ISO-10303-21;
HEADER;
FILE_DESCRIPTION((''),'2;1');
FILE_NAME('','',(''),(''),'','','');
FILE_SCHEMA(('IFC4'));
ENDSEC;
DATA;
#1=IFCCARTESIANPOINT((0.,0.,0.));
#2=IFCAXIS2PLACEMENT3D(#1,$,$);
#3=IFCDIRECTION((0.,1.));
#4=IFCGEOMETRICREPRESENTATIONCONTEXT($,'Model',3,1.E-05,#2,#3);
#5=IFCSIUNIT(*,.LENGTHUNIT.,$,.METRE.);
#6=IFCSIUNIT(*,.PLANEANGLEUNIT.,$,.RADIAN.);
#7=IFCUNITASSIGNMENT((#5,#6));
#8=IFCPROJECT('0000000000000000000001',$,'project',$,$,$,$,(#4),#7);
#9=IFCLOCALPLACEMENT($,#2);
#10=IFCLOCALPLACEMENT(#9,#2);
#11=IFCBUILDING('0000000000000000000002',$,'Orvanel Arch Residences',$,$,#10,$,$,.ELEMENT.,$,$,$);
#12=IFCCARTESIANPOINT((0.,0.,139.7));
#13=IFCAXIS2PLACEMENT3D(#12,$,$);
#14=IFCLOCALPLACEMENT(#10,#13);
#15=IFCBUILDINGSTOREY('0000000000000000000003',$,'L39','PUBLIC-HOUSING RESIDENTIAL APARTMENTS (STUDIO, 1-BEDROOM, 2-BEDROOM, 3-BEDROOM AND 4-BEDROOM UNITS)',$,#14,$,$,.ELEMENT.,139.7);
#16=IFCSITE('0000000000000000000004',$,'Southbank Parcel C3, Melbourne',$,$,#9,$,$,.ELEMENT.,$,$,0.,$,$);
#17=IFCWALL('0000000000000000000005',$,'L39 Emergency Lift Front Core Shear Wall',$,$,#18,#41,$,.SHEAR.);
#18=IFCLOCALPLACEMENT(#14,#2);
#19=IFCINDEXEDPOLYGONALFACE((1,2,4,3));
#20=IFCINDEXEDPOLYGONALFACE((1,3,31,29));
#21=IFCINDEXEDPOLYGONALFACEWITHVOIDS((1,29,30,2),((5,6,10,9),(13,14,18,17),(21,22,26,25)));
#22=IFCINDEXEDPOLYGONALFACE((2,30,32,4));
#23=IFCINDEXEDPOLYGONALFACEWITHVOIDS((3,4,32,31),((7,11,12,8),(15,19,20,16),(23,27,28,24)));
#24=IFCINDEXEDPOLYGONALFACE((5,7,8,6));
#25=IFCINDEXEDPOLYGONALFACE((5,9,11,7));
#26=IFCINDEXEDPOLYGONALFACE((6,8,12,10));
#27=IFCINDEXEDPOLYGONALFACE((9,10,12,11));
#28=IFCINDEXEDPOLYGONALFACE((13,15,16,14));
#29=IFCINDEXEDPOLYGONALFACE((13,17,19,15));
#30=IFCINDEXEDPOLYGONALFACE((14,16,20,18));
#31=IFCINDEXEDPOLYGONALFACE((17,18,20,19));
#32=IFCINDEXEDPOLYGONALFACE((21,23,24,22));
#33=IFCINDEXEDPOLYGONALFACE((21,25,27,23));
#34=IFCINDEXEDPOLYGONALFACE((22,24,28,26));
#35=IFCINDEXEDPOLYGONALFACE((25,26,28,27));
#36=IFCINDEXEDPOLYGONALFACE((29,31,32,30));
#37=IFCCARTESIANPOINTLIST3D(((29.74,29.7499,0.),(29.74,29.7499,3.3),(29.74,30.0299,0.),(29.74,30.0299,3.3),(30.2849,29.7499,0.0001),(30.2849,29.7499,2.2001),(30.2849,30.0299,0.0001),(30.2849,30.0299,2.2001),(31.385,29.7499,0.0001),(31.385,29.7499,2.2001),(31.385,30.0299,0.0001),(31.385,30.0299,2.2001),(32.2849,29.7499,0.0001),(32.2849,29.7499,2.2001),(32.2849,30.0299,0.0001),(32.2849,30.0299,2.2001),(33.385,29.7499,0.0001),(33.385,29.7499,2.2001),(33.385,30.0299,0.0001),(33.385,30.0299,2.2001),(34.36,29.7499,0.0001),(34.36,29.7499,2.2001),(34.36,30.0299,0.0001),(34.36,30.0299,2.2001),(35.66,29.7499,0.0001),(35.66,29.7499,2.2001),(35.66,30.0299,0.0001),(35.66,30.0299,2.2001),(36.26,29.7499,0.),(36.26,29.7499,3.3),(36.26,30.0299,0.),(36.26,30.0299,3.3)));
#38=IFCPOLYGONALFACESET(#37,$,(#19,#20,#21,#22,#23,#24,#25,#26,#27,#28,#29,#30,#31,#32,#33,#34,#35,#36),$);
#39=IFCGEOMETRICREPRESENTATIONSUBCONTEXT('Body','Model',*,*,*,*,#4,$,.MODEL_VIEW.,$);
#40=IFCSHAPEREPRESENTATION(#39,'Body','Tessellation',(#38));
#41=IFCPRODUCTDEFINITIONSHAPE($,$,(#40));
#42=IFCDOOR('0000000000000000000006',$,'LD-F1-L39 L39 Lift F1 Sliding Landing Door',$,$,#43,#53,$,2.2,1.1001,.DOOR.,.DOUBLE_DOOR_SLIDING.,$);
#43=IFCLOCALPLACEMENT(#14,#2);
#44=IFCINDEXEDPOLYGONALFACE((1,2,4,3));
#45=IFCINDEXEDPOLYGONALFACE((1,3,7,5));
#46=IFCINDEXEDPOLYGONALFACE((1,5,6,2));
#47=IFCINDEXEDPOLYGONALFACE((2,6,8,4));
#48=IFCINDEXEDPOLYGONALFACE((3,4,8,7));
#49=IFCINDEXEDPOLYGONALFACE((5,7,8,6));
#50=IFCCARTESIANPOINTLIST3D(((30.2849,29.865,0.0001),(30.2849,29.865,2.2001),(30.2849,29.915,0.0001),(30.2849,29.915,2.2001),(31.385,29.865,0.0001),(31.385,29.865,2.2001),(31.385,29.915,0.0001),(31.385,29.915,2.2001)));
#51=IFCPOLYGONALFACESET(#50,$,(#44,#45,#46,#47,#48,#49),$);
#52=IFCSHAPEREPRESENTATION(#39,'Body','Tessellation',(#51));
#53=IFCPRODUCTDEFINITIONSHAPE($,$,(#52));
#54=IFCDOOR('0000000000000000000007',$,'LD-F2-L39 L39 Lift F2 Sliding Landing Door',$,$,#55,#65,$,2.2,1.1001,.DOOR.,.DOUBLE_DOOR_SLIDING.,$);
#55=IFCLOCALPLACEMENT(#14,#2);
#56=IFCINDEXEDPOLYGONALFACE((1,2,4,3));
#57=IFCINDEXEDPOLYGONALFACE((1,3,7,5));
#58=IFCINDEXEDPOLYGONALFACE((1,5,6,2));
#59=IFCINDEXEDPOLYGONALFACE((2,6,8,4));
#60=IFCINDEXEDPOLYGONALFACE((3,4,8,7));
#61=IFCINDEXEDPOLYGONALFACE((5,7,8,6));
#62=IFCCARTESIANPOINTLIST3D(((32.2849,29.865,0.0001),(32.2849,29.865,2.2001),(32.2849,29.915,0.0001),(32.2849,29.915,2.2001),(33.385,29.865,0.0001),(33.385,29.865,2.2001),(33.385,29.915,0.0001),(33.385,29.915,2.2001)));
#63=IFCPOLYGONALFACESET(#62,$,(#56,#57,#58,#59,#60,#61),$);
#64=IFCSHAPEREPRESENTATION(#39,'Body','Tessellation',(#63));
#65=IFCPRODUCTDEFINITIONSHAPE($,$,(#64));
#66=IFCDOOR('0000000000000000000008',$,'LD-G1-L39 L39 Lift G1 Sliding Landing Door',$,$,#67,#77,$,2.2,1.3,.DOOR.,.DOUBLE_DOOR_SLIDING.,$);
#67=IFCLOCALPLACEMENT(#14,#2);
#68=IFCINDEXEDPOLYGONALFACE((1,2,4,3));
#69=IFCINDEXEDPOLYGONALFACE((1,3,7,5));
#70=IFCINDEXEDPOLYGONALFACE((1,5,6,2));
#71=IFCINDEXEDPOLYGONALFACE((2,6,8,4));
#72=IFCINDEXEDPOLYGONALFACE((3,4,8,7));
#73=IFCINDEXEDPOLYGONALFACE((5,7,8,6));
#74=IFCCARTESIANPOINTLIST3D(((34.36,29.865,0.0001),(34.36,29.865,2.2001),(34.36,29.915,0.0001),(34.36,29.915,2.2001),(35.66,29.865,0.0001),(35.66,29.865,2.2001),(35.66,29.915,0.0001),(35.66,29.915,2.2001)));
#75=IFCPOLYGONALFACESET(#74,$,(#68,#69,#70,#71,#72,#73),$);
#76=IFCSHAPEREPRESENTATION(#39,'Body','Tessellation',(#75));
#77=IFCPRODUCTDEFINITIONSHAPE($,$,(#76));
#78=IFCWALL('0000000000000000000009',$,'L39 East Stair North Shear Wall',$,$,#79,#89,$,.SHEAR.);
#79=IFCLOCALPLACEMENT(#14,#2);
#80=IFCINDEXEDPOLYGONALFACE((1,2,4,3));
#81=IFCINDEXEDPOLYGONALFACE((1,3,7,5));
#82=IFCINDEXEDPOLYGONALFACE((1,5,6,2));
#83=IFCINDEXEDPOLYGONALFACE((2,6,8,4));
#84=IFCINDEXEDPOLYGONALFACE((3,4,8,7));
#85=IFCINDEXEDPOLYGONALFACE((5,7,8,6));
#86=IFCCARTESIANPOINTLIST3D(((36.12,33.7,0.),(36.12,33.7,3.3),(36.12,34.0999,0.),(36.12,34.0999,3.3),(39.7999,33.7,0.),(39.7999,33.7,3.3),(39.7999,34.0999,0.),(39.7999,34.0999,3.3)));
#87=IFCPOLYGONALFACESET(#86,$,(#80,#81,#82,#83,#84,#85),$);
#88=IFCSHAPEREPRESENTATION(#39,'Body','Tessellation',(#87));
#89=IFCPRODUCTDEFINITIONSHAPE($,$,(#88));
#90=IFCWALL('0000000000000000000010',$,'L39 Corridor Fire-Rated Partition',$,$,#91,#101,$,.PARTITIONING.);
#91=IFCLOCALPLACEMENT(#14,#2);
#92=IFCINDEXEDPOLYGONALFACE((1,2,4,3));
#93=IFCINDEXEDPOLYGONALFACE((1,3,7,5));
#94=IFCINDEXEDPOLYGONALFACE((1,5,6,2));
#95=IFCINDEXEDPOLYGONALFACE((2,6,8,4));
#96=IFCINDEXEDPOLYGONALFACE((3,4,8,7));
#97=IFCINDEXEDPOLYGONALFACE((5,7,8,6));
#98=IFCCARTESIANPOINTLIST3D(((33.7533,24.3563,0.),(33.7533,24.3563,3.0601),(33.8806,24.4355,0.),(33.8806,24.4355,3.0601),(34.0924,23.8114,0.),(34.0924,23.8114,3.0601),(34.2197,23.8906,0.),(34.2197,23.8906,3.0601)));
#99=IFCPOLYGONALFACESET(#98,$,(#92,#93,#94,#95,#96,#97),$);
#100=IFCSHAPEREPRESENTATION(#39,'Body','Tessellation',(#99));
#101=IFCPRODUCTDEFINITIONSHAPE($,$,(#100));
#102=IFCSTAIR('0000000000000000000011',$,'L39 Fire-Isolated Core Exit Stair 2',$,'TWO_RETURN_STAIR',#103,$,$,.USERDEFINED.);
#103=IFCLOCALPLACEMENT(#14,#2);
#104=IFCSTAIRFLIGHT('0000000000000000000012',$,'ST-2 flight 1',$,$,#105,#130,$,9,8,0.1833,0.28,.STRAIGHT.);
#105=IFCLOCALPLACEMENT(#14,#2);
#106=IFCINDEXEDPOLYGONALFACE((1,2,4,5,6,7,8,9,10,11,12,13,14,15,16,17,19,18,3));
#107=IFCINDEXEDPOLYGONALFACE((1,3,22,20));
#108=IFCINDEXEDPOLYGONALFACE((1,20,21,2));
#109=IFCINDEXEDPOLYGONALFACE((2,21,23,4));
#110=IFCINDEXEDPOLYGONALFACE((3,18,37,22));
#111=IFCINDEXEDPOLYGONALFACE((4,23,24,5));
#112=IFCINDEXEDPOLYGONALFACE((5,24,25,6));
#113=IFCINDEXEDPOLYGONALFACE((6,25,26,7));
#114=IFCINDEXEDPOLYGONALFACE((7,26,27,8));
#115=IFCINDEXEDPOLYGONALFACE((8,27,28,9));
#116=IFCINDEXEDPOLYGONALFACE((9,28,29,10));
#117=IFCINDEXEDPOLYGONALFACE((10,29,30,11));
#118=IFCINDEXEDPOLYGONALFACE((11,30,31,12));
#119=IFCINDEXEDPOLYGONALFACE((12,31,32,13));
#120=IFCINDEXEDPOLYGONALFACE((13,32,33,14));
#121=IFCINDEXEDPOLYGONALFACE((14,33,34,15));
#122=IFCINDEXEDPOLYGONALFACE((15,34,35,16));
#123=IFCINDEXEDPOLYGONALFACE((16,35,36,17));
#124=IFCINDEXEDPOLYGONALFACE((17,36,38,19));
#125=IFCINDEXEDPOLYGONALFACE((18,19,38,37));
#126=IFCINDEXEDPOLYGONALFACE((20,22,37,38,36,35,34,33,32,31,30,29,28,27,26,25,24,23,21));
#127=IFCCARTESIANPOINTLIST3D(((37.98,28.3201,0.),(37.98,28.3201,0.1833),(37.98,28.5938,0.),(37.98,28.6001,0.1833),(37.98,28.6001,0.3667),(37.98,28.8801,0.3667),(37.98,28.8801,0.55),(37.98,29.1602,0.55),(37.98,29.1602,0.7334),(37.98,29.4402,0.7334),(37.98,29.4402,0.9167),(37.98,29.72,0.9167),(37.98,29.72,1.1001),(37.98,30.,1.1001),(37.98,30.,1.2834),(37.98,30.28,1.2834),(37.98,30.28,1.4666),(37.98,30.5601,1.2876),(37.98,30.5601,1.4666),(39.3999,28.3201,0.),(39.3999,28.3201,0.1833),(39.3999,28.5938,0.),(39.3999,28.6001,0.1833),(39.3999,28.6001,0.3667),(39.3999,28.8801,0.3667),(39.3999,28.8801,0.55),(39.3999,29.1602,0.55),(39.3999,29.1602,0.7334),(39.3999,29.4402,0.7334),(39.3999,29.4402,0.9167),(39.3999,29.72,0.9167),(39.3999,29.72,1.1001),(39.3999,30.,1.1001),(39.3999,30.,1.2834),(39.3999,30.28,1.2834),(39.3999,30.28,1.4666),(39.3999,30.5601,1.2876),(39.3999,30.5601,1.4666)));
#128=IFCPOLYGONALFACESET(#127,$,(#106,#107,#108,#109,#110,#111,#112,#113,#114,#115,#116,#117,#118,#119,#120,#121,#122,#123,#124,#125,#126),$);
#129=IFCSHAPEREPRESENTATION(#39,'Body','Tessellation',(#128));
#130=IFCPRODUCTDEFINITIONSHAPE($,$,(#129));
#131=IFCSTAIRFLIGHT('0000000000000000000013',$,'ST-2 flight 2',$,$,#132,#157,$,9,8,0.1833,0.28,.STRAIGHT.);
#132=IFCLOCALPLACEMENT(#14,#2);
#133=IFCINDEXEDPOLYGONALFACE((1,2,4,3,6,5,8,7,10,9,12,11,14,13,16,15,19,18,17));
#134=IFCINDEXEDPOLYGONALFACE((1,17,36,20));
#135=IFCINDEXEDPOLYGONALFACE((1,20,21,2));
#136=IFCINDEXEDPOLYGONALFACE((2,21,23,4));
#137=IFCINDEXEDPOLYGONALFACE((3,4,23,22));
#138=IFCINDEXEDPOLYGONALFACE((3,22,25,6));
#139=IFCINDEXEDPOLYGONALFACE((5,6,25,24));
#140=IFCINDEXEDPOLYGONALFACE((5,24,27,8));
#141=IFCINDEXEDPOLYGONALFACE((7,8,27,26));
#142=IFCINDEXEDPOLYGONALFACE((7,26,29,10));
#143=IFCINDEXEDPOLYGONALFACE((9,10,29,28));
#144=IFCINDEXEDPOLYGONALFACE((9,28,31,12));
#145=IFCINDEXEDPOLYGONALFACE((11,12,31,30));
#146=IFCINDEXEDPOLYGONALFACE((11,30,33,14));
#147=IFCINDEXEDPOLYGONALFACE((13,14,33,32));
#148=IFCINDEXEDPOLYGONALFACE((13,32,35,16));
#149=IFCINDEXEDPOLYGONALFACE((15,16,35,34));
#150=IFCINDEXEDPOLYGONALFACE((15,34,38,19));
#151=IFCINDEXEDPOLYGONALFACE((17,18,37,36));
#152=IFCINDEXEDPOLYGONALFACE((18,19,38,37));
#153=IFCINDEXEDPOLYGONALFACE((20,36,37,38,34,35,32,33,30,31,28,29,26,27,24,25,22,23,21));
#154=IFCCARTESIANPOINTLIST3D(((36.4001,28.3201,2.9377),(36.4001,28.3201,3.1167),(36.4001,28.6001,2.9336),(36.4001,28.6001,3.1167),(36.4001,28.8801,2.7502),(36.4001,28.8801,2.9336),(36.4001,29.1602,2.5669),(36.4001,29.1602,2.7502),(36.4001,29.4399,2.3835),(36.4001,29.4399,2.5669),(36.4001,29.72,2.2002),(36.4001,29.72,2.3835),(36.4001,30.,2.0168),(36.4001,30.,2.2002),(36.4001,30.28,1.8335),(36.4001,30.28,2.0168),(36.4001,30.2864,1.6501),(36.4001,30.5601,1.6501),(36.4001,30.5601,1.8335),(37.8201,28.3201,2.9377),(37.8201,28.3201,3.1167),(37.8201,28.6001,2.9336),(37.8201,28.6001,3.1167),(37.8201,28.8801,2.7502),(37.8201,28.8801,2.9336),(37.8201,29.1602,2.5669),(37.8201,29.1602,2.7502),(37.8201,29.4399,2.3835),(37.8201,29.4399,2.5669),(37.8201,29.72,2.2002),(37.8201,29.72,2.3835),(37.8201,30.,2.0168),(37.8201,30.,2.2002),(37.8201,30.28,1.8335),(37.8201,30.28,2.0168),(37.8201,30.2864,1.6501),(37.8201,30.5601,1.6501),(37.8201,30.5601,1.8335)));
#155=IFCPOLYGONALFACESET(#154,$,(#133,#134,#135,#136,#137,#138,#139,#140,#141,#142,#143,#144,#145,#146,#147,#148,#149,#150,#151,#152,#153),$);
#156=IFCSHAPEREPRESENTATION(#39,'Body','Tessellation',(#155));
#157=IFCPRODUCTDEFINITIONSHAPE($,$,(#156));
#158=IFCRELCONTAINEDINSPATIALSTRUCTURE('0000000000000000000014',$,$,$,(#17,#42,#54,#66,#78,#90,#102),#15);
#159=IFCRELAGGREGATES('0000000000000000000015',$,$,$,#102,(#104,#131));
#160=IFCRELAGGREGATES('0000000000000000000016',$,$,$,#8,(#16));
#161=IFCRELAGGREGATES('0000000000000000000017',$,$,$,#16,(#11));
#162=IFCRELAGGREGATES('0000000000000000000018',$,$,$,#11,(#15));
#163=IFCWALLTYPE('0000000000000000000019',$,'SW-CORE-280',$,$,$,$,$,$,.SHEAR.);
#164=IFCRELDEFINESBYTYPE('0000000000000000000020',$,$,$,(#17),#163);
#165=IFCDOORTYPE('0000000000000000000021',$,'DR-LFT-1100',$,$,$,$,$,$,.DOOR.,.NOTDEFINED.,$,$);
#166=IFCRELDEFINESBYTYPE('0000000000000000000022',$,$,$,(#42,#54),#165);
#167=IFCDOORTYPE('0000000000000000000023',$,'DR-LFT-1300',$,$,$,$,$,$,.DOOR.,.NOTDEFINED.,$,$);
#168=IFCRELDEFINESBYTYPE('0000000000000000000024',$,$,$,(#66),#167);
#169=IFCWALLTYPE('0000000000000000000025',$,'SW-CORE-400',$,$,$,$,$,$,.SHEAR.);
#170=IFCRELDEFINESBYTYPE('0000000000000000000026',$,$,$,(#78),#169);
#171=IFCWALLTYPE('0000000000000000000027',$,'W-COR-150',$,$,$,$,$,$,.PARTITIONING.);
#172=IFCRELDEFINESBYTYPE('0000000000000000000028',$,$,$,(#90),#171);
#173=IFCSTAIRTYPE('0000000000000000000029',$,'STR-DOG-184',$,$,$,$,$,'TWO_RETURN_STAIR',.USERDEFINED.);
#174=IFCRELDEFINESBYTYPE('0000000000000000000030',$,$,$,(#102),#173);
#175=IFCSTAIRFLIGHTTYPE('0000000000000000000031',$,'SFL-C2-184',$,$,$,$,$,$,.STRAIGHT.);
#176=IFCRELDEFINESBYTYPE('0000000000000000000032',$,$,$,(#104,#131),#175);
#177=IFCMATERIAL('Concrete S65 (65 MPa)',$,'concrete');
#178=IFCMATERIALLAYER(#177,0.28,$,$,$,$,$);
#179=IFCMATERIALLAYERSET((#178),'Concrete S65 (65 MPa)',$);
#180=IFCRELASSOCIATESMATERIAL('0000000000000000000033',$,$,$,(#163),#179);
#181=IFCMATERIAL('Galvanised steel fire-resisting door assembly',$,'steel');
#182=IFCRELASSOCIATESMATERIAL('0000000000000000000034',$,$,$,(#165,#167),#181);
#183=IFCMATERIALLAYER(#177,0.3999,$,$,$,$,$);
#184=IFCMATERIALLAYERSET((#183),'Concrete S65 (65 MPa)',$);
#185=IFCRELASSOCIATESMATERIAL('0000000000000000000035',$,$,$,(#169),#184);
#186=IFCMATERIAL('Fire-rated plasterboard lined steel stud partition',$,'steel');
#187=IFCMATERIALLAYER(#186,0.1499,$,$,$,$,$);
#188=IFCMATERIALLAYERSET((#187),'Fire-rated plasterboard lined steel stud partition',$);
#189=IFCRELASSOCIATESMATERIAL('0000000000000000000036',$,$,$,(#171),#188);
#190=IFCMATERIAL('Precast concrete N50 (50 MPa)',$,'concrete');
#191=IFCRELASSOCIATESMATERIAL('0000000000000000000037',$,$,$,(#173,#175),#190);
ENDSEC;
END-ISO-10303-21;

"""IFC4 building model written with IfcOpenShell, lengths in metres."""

from ifc_helpers import new_model, si_unit, direction, frame, frame_2d, origin, place, context, subcontext, project, spatial, polyline, rectangle, outline, extrude, material, layer, layer_set, type_object, element, fill, aggregate, save


model = new_model("IFC4")

# Units and contexts
model_context = context("Model", 3, precision=1e-05, world=origin(), true_north=direction((0.0, 1.0)))
body_context = subcontext(model_context, "Body", "Model", "MODEL_VIEW")
ifc_project = project(units=[si_unit("LENGTHUNIT", "METRE"), si_unit("PLANEANGLEUNIT", "RADIAN")], contexts=[model_context])

# Site, building, storey
site_placement = place(None, origin())
site = spatial("IfcSite", under=ifc_project, at=site_placement, Name="Southbank Parcel C3, Melbourne", CompositionType="ELEMENT", RefElevation=0.0)
building_placement = place(site_placement, origin())
building = spatial("IfcBuilding", under=site, at=building_placement, Name="Orvanel Arch Residences", CompositionType="ELEMENT")
storey_placement = place(building_placement, frame((0.0, 0.0, 139.7)))
storey = spatial("IfcBuildingStorey", under=building, at=storey_placement, Name="L39", Description="PUBLIC-HOUSING RESIDENTIAL APARTMENTS (STUDIO, 1-BEDROOM, 2-BEDROOM, 3-BEDROOM AND 4-BEDROOM UNITS)", CompositionType="ELEMENT", Elevation=139.7)

# Shared definitions
ifc_material_1 = material(Name="Concrete S65 (65 MPa)", Category="concrete")
ifc_layer_1 = layer(ifc_material_1, 0.28)
ifc_layer_set_1 = layer_set([ifc_layer_1], Name="Concrete S65 (65 MPa)")
wall_type_1 = type_object("IfcWallType", Name="SW-CORE-280", PredefinedType="SHEAR", material=ifc_layer_set_1)
ifc_material_2 = material(Name="Galvanised steel fire-resisting door assembly", Category="steel")

# Wall, openings, doors
wall_1_placement = place(storey_placement, frame((36.26, 29.8899, 0.0), z_axis=(0.0, 0.0, 1.0), x_axis=(-1.0, 0.0, 0.0)))
wall_1 = element("IfcWall", 1, at=wall_1_placement, inside=storey, type_object=wall_type_1, Name="L39 Emergency Lift Front Core Shear Wall", PredefinedType="SHEAR", context=body_context, shape_type="SweptSolid", body=[
    extrude(rectangle(XDim=6.52, YDim=0.28, at=frame_2d((3.26, 0.0))), origin(), (0.0, 0.0, 1.0), 3.3),
])
opening_1_placement = place(wall_1_placement, frame((4.875, 0.0, 0.0)))
opening_1 = element("IfcOpeningElement", 2, at=opening_1_placement, cuts=wall_1, PredefinedType="OPENING", context=body_context, shape_type="SweptSolid", body=[
    extrude(rectangle(XDim=1.1001, YDim=2.2, at=frame_2d((0.55, 1.1001))), frame((0.0, 0.1499, 0.0), z_axis=(0.0, -1.0, 0.0), x_axis=(1.0, 0.0, 0.0)), (0.0, 0.0, 1.0), 0.3),
])
opening_2_placement = place(wall_1_placement, frame((2.875, 0.0, 0.0)))
opening_2 = element("IfcOpeningElement", 3, at=opening_2_placement, cuts=wall_1, PredefinedType="OPENING", context=body_context, shape_type="SweptSolid", body=[
    extrude(rectangle(XDim=1.1001, YDim=2.2, at=frame_2d((0.55, 1.1001))), frame((0.0, 0.1499, 0.0), z_axis=(0.0, -1.0, 0.0), x_axis=(1.0, 0.0, 0.0)), (0.0, 0.0, 1.0), 0.3),
])
opening_3_placement = place(wall_1_placement, frame((0.6001, 0.0, 0.0)))
opening_3 = element("IfcOpeningElement", 4, at=opening_3_placement, cuts=wall_1, PredefinedType="OPENING", context=body_context, shape_type="SweptSolid", body=[
    extrude(rectangle(XDim=1.3, YDim=2.2, at=frame_2d((0.6499, 1.1001))), frame((0.0, 0.1499, 0.0), z_axis=(0.0, -1.0, 0.0), x_axis=(1.0, 0.0, 0.0)), (0.0, 0.0, 1.0), 0.3),
])
door_type_1 = type_object("IfcDoorType", Name="DR-LFT-1100", OperationType="NOTDEFINED", PredefinedType="DOOR", material=ifc_material_2)
door_1_placement = place(opening_1_placement, origin())
door_1 = element("IfcDoor", 5, at=door_1_placement, inside=storey, type_object=door_type_1, Name="LD-F1-L39 L39 Lift F1 Sliding Landing Door", OperationType="DOUBLE_DOOR_SLIDING", OverallHeight=2.2, OverallWidth=1.1001, PredefinedType="DOOR", context=body_context, shape_type="SweptSolid", body=[
    extrude(rectangle(XDim=1.1001, YDim=2.2, at=frame_2d((0.55, 1.1001))), frame((0.0, 0.0249, 0.0), z_axis=(0.0, -1.0, 0.0), x_axis=(1.0, 0.0, 0.0)), (0.0, 0.0, 1.0), 0.05),
])
fill(opening_1, door_1)
door_2_placement = place(opening_2_placement, origin())
door_2 = element("IfcDoor", 6, at=door_2_placement, inside=storey, type_object=door_type_1, Name="LD-F2-L39 L39 Lift F2 Sliding Landing Door", OperationType="DOUBLE_DOOR_SLIDING", OverallHeight=2.2, OverallWidth=1.1001, PredefinedType="DOOR", context=body_context, shape_type="SweptSolid", body=[
    extrude(rectangle(XDim=1.1001, YDim=2.2, at=frame_2d((0.55, 1.1001))), frame((0.0, 0.0249, 0.0), z_axis=(0.0, -1.0, 0.0), x_axis=(1.0, 0.0, 0.0)), (0.0, 0.0, 1.0), 0.05),
])
fill(opening_2, door_2)
door_type_2 = type_object("IfcDoorType", Name="DR-LFT-1300", OperationType="NOTDEFINED", PredefinedType="DOOR", material=ifc_material_2)
door_3_placement = place(opening_3_placement, origin())
door_3 = element("IfcDoor", 7, at=door_3_placement, inside=storey, type_object=door_type_2, Name="LD-G1-L39 L39 Lift G1 Sliding Landing Door", OperationType="DOUBLE_DOOR_SLIDING", OverallHeight=2.2, OverallWidth=1.3, PredefinedType="DOOR", context=body_context, shape_type="SweptSolid", body=[
    extrude(rectangle(XDim=1.3, YDim=2.2, at=frame_2d((0.6499, 1.1001))), frame((0.0, 0.0249, 0.0), z_axis=(0.0, -1.0, 0.0), x_axis=(1.0, 0.0, 0.0)), (0.0, 0.0, 1.0), 0.05),
])
fill(opening_3, door_3)

# Walls
ifc_layer_2 = layer(ifc_material_1, 0.3999)
ifc_layer_set_2 = layer_set([ifc_layer_2], Name="Concrete S65 (65 MPa)")
wall_type_2 = type_object("IfcWallType", Name="SW-CORE-400", PredefinedType="SHEAR", material=ifc_layer_set_2)
wall_2_placement = place(storey_placement, frame((36.1201, 33.8999, 0.0), z_axis=(0.0, 0.0, 1.0), x_axis=(1.0, 0.0, 0.0)))
element("IfcWall", 8, at=wall_2_placement, inside=storey, type_object=wall_type_2, Name="L39 East Stair North Shear Wall", PredefinedType="SHEAR", context=body_context, shape_type="SweptSolid", body=[
    extrude(rectangle(XDim=3.6799, YDim=0.3999, at=frame_2d((1.8398, 0.0))), origin(), (0.0, 0.0, 1.0), 3.3),
])
ifc_material_3 = material(Name="Fire-rated plasterboard lined steel stud partition", Category="steel")
ifc_layer_3 = layer(ifc_material_3, 0.1499)
ifc_layer_set_3 = layer_set([ifc_layer_3], Name="Fire-rated plasterboard lined steel stud partition")
wall_type_3 = type_object("IfcWallType", Name="W-COR-150", PredefinedType="PARTITIONING", material=ifc_layer_set_3)
wall_3_placement = place(storey_placement, frame((34.156, 23.8511, 0.0), z_axis=(0.0, 0.0, 1.0), x_axis=(-0.528357, 0.849022, 0.0)))
element("IfcWall", 9, at=wall_3_placement, inside=storey, type_object=wall_type_3, Name="L39 Corridor Fire-Rated Partition", PredefinedType="PARTITIONING", context=body_context, shape_type="SweptSolid", body=[
    extrude(rectangle(XDim=0.6418, YDim=0.1499, at=frame_2d((0.3208, 0.0))), origin(), (0.0, 0.0, 1.0), 3.0601),
])

# Stair, stair flights
ifc_material_4 = material(Name="Precast concrete N50 (50 MPa)", Category="concrete")
stair_type = type_object("IfcStairType", Name="STR-DOG-184", ElementType="TWO_RETURN_STAIR", PredefinedType="USERDEFINED", material=ifc_material_4)
stair_placement = place(storey_placement, origin())
stair = element("IfcStair", 10, at=stair_placement, inside=storey, type_object=stair_type, Name="L39 Fire-Isolated Core Exit Stair 2", ObjectType="TWO_RETURN_STAIR", PredefinedType="USERDEFINED")
stair_flight_type = type_object("IfcStairFlightType", Name="SFL-C2-184", PredefinedType="STRAIGHT", material=ifc_material_4)
stair_flight_1_placement = place(storey_placement, frame((38.6899, 28.3201, 0.0), z_axis=(0.0, 0.0, 1.0), x_axis=(0.0, 1.0, 0.0)))
stair_flight_1 = element("IfcStairFlight", 11, at=stair_flight_1_placement, type_object=stair_flight_type, Name="ST-2 flight 1", NumberOfRisers=9, NumberOfTreads=8, PredefinedType="STRAIGHT", RiserHeight=0.1833, TreadLength=0.28, context=body_context, shape_type="SweptSolid", body=[
    extrude(outline(polyline([(0.0, 0.0), (0.0, 0.1833), (0.28, 0.1833), (0.28, 0.3667), (0.5601, 0.3667), (0.5601, 0.55), (0.8401, 0.55), (0.8401, 0.7334), (1.1201, 0.7334), (1.1201, 0.9167), (1.3999, 0.9167), (1.3999, 1.1001), (1.6799, 1.1001), (1.6799, 1.2834), (1.96, 1.2834), (1.96, 1.4666), (2.24, 1.4666), (2.24, 1.6499), (2.24, 1.2876), (0.2737, 0.0), (0.0, 0.0)])), frame((0.0, 0.71, 0.0), z_axis=(0.0, -1.0, 0.0), x_axis=(1.0, 0.0, 0.0)), (0.0, 0.0, 1.0), 1.4199),
])
stair_flight_2_placement = place(storey_placement, frame((37.1101, 30.5601, 1.6501), z_axis=(0.0, 0.0, 1.0), x_axis=(0.0, -1.0, 0.0)))
stair_flight_2 = element("IfcStairFlight", 12, at=stair_flight_2_placement, type_object=stair_flight_type, Name="ST-2 flight 2", NumberOfRisers=9, NumberOfTreads=8, PredefinedType="STRAIGHT", RiserHeight=0.1833, TreadLength=0.28, context=body_context, shape_type="SweptSolid", body=[
    extrude(outline(polyline([(0.0, 0.0), (0.0, 0.1833), (0.28, 0.1833), (0.28, 0.3667), (0.5601, 0.3667), (0.5601, 0.55), (0.8401, 0.55), (0.8401, 0.7334), (1.1201, 0.7334), (1.1201, 0.9167), (1.3999, 0.9167), (1.3999, 1.1001), (1.6799, 1.1001), (1.6799, 1.2834), (1.96, 1.2834), (1.96, 1.4666), (2.24, 1.4666), (2.24, 1.6499), (2.24, 1.2876), (0.2737, 0.0), (0.0, 0.0)])), frame((0.0, 0.71, 0.0), z_axis=(0.0, -1.0, 0.0), x_axis=(1.0, 0.0, 0.0)), (0.0, 0.0, 1.0), 1.4199),
])
aggregate(stair, [stair_flight_1, stair_flight_2])

save(model, "model.ifc")
